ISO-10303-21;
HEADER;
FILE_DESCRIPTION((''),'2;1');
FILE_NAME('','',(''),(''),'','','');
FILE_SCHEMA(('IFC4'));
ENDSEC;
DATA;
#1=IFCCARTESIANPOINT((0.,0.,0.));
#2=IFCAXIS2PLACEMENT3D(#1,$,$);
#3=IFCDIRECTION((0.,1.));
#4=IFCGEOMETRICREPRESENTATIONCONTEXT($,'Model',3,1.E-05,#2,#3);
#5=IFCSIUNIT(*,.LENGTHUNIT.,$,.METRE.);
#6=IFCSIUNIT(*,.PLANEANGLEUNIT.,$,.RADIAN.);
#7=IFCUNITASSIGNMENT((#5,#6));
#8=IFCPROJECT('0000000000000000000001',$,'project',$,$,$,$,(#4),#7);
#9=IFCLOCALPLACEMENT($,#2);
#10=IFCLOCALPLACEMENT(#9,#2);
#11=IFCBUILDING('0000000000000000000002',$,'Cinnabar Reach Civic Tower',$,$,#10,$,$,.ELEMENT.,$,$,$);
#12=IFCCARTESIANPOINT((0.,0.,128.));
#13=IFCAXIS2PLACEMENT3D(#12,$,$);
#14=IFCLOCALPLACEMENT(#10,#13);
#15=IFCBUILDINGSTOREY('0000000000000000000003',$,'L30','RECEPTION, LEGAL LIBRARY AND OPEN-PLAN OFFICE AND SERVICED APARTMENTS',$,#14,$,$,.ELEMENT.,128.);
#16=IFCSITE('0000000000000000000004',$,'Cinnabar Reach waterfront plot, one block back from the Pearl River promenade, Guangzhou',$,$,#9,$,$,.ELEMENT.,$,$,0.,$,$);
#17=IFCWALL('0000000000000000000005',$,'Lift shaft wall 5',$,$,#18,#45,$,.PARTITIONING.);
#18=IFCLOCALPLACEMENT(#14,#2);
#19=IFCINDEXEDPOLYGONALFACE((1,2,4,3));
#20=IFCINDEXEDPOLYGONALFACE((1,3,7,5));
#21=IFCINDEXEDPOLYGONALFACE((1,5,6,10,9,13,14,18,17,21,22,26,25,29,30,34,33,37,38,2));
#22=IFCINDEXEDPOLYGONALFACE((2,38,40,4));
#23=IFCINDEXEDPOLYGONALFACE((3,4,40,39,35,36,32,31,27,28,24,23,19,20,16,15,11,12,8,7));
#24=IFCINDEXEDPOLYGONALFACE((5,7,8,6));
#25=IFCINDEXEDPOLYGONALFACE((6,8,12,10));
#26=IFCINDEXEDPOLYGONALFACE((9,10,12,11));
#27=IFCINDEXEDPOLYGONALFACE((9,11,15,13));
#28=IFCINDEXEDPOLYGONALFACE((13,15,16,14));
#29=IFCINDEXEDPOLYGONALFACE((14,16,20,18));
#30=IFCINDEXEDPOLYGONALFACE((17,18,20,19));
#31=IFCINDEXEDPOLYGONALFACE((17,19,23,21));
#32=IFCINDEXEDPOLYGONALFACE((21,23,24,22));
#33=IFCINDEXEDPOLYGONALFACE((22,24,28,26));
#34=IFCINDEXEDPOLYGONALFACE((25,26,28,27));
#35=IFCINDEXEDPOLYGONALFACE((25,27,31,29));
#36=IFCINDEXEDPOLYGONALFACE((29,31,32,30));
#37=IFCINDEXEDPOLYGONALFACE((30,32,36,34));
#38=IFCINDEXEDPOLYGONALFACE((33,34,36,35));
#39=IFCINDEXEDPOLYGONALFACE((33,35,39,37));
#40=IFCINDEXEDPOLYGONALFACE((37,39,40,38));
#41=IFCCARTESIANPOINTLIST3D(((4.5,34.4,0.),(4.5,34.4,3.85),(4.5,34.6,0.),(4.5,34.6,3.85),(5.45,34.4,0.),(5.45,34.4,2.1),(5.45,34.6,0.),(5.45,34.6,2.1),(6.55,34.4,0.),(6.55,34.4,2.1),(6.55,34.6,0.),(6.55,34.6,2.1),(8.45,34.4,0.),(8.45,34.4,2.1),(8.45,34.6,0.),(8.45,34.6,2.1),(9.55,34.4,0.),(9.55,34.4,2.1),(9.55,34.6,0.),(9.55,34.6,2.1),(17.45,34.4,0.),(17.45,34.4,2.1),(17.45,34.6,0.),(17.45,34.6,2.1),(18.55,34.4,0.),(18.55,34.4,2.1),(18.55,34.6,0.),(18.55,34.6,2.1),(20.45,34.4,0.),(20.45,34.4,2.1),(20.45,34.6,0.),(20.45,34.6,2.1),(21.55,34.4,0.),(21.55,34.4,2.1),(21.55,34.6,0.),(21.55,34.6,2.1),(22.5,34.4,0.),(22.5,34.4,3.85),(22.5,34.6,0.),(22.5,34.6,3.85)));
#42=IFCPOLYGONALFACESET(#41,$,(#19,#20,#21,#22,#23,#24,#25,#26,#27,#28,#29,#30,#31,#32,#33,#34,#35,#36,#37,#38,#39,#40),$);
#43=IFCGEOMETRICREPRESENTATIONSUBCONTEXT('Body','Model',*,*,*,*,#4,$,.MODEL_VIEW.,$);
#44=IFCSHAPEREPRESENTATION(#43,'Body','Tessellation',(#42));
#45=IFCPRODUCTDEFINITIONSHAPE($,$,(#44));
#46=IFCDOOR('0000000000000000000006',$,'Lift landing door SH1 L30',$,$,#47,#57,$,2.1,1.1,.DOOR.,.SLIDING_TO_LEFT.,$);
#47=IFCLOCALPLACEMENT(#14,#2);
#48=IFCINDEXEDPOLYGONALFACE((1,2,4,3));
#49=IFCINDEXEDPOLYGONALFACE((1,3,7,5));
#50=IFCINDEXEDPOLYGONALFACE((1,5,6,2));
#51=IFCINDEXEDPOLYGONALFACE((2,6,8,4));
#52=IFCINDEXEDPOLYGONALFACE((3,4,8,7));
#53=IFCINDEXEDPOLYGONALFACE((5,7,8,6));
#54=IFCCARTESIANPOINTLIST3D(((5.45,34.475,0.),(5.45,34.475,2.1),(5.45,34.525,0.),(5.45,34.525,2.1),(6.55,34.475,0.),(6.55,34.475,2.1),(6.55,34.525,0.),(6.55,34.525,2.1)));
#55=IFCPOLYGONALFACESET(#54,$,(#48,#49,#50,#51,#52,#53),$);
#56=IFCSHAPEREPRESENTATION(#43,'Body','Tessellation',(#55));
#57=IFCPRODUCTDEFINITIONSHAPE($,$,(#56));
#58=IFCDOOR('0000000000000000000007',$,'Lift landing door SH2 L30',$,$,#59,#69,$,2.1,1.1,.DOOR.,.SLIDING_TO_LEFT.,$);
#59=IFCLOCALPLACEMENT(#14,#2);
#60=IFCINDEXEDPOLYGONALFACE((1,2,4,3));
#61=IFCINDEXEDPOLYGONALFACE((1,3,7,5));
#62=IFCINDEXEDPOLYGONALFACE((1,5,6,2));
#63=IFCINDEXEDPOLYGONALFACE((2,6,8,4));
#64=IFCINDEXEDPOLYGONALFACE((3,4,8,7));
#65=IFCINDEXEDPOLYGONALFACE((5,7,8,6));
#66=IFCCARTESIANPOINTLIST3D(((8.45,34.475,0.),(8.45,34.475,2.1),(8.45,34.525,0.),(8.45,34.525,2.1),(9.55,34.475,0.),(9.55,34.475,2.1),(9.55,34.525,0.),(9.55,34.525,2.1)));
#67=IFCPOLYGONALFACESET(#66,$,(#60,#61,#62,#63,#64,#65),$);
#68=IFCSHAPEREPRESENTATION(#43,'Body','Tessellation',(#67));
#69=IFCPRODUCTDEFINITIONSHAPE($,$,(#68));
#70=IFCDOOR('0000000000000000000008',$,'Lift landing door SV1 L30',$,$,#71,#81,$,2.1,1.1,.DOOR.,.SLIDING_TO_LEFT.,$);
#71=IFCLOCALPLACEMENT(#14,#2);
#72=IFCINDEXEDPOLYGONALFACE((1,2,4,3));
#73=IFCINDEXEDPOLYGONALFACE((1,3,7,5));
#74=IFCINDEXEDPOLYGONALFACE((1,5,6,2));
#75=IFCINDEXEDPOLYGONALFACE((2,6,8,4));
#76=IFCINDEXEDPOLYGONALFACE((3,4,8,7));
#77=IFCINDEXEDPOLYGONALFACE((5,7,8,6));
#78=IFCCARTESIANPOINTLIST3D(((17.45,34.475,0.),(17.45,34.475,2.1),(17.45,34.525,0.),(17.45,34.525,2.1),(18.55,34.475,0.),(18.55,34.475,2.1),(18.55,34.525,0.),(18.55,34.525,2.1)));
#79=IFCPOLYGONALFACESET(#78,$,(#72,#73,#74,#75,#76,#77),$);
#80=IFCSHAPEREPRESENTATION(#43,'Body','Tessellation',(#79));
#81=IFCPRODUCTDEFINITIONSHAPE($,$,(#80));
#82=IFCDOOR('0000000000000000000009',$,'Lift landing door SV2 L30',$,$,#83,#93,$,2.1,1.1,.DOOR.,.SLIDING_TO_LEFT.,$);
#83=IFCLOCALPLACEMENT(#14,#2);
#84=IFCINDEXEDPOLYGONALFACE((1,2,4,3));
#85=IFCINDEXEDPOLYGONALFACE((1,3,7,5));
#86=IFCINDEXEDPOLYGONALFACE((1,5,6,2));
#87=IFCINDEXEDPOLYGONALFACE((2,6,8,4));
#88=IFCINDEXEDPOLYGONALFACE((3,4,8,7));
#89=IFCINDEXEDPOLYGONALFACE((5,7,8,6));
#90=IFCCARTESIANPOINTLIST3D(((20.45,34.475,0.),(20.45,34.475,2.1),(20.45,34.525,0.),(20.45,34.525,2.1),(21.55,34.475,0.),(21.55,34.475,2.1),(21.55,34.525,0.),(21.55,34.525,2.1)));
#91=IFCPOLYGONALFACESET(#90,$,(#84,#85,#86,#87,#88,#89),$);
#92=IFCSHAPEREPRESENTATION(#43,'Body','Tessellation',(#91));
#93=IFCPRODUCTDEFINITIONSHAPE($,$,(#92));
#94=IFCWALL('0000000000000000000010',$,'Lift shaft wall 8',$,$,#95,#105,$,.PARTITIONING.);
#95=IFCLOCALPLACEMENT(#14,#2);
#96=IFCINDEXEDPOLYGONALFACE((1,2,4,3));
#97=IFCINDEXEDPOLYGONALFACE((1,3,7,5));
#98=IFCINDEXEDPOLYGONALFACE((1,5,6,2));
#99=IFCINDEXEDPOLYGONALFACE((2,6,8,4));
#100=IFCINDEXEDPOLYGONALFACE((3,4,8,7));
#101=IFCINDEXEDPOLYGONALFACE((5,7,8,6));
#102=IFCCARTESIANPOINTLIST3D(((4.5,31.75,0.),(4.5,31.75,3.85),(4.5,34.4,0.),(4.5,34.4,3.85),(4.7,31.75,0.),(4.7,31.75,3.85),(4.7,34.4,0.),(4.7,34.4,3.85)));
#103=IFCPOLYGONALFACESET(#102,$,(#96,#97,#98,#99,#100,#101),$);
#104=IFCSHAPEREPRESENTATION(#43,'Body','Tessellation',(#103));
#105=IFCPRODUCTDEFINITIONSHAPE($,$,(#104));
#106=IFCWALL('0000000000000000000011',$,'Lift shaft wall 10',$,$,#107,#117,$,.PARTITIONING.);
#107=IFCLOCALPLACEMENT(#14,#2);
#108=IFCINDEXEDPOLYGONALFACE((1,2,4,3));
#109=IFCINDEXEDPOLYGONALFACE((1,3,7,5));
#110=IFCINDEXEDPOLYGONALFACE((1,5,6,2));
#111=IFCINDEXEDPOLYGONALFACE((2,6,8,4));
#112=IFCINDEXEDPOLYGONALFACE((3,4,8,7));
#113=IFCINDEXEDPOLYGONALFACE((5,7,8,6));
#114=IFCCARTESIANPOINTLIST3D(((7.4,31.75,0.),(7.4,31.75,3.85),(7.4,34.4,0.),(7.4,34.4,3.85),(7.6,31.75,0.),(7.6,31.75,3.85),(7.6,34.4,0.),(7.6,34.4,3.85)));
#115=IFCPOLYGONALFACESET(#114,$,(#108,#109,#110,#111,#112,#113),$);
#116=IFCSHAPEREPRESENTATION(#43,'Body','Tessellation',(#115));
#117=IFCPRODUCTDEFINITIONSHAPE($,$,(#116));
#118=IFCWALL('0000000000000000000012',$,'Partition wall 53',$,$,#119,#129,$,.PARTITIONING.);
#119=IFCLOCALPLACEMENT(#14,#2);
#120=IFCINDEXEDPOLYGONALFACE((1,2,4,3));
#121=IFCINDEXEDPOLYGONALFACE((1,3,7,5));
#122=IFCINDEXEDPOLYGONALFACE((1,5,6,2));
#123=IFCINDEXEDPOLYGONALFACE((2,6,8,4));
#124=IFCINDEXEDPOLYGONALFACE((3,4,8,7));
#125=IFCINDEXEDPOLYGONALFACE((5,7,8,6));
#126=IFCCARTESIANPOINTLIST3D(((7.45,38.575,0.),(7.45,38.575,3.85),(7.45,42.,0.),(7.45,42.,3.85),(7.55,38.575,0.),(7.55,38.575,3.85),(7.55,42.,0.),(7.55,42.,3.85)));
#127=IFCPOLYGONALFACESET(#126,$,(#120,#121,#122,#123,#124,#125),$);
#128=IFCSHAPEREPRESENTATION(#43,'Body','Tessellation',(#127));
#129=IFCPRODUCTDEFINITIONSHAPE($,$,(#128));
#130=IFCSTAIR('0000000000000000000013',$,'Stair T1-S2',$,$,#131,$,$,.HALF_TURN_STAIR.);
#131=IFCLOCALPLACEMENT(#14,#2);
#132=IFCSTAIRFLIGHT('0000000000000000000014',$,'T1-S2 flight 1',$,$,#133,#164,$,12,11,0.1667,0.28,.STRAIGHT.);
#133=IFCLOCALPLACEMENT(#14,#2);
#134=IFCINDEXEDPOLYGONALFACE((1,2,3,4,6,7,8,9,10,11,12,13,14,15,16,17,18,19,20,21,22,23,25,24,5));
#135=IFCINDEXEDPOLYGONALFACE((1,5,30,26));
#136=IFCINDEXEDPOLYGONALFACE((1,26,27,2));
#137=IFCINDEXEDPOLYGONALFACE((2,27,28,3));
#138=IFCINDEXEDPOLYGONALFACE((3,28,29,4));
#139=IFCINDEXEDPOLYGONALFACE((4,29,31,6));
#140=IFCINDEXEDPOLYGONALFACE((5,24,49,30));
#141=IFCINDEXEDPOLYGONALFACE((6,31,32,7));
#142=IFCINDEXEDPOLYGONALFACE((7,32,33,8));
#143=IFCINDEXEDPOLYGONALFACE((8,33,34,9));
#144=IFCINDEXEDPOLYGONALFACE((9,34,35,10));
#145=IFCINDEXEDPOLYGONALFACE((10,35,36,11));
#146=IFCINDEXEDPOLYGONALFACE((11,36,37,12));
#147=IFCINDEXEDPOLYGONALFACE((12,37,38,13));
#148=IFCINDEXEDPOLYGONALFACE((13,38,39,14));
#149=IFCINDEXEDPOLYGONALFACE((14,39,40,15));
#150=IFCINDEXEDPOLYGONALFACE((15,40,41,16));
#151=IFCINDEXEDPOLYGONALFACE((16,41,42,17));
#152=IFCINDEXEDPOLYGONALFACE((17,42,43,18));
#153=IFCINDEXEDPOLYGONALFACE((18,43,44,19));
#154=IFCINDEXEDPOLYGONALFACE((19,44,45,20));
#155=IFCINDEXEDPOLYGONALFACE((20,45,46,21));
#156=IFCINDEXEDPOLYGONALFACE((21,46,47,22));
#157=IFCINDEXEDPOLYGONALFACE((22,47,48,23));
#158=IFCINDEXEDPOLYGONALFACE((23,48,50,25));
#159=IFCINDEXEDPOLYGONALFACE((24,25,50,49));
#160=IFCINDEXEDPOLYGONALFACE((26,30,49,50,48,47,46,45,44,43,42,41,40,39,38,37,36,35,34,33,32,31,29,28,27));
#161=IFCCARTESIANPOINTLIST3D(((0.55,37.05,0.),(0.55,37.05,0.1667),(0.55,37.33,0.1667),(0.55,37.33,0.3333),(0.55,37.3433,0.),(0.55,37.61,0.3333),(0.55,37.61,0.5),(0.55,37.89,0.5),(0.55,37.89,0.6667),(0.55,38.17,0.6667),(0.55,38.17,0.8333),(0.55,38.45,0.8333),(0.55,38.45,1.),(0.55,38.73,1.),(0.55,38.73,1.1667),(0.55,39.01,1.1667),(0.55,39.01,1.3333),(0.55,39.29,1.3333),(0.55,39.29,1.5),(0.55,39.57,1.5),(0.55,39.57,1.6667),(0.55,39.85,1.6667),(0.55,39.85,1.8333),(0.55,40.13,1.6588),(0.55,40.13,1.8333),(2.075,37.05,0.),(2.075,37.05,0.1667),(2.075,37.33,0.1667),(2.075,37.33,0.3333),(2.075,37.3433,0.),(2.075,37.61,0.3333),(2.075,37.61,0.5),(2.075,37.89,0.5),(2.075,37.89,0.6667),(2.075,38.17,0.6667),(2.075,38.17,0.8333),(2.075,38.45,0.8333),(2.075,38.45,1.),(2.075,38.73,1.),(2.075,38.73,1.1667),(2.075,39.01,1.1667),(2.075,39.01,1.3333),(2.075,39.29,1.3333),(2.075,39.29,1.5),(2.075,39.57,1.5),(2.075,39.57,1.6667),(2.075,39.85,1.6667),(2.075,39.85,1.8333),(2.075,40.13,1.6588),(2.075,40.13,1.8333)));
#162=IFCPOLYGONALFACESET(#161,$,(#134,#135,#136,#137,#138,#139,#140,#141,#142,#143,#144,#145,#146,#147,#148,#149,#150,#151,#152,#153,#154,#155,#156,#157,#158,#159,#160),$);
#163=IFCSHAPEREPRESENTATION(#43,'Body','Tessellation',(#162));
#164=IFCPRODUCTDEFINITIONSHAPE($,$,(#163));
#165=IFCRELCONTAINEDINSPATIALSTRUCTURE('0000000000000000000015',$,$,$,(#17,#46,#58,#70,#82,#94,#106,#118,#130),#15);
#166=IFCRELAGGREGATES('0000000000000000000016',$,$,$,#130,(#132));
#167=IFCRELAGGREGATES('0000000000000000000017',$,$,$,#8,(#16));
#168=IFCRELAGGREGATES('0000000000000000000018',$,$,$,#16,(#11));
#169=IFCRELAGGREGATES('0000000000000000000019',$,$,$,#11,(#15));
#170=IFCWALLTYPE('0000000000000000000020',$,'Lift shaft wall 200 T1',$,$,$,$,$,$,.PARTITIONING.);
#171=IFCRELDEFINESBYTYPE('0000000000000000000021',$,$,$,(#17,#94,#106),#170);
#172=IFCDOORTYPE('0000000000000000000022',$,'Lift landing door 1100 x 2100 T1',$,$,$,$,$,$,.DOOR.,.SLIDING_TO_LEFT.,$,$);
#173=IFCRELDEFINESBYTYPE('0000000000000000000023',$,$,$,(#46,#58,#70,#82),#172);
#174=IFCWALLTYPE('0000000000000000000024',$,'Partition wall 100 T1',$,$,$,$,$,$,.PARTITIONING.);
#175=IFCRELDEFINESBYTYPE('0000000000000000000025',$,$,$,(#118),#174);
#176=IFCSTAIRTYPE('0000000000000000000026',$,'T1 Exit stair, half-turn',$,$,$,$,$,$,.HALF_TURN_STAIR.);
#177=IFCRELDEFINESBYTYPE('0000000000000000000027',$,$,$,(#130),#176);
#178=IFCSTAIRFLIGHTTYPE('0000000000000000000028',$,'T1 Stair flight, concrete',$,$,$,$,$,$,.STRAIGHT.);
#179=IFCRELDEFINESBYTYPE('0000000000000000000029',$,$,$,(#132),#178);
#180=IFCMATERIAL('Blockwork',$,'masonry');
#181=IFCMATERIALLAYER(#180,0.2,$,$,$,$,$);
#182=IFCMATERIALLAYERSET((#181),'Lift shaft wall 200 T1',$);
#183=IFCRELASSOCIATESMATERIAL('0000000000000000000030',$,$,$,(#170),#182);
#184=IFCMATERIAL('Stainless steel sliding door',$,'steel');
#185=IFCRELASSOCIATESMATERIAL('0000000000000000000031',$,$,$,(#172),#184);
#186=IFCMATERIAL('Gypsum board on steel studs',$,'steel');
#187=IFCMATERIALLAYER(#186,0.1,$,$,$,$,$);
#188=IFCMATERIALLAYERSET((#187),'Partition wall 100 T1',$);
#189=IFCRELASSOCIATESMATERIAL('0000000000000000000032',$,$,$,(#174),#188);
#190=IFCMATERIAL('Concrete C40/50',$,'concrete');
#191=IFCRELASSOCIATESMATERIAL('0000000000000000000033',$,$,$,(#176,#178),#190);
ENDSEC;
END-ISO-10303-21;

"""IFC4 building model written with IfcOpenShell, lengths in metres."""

from ifc_helpers import new_model, si_unit, direction, frame, frame_2d, origin, place, context, subcontext, project, spatial, polyline, rectangle, outline, extrude, material, layer, layer_set, type_object, element, fill, aggregate, save


model = new_model("IFC4")

# Units and contexts
model_context = context("Model", 3, precision=1e-05, world=origin(), true_north=direction((0.0, 1.0)))
body_context = subcontext(model_context, "Body", "Model", "MODEL_VIEW")
ifc_project = project(units=[si_unit("LENGTHUNIT", "METRE"), si_unit("PLANEANGLEUNIT", "RADIAN")], contexts=[model_context])

# Site, building, storey
site_placement = place(None, origin())
site = spatial("IfcSite", under=ifc_project, at=site_placement, Name="Cinnabar Reach waterfront plot, one block back from the Pearl River promenade, Guangzhou", CompositionType="ELEMENT", RefElevation=0.0)
building_placement = place(site_placement, origin())
building = spatial("IfcBuilding", under=site, at=building_placement, Name="Cinnabar Reach Civic Tower", CompositionType="ELEMENT")
storey_placement = place(building_placement, frame((0.0, 0.0, 128.0)))
storey = spatial("IfcBuildingStorey", under=building, at=storey_placement, Name="L30", Description="RECEPTION, LEGAL LIBRARY AND OPEN-PLAN OFFICE AND SERVICED APARTMENTS", CompositionType="ELEMENT", Elevation=128.0)

# Wall, openings, doors
ifc_material_1 = material(Name="Blockwork", Category="masonry")
ifc_layer_1 = layer(ifc_material_1, 0.2)
ifc_layer_set_1 = layer_set([ifc_layer_1], Name="Lift shaft wall 200 T1")
wall_type_1 = type_object("IfcWallType", Name="Lift shaft wall 200 T1", PredefinedType="PARTITIONING", material=ifc_layer_set_1)
wall_1_placement = place(storey_placement, frame((4.5, 34.5, 0.0), z_axis=(0.0, 0.0, 1.0), x_axis=(1.0, 0.0, 0.0)))
wall_1 = element("IfcWall", 1, at=wall_1_placement, inside=storey, type_object=wall_type_1, Name="Lift shaft wall 5", PredefinedType="PARTITIONING", context=body_context, shape_type="SweptSolid", body=[
    extrude(rectangle(XDim=18.0, YDim=0.2, at=frame_2d((9.0, 0.0))), origin(), (0.0, 0.0, 1.0), 3.85),
])
opening_1_placement = place(wall_1_placement, frame((0.95, 0.0, 0.0)))
opening_1 = element("IfcOpeningElement", 2, at=opening_1_placement, cuts=wall_1, PredefinedType="OPENING", context=body_context, shape_type="SweptSolid", body=[
    extrude(rectangle(XDim=1.1, YDim=2.1, at=frame_2d((0.55, 1.05))), frame((0.0, 0.11, 0.0), z_axis=(0.0, -1.0, 0.0), x_axis=(1.0, 0.0, 0.0)), (0.0, 0.0, 1.0), 0.22),
])
opening_2_placement = place(wall_1_placement, frame((3.95, 0.0, 0.0)))
opening_2 = element("IfcOpeningElement", 3, at=opening_2_placement, cuts=wall_1, PredefinedType="OPENING", context=body_context, shape_type="SweptSolid", body=[
    extrude(rectangle(XDim=1.1, YDim=2.1, at=frame_2d((0.55, 1.05))), frame((0.0, 0.11, 0.0), z_axis=(0.0, -1.0, 0.0), x_axis=(1.0, 0.0, 0.0)), (0.0, 0.0, 1.0), 0.22),
])
opening_3_placement = place(wall_1_placement, frame((12.95, 0.0, 0.0)))
opening_3 = element("IfcOpeningElement", 4, at=opening_3_placement, cuts=wall_1, PredefinedType="OPENING", context=body_context, shape_type="SweptSolid", body=[
    extrude(rectangle(XDim=1.1, YDim=2.1, at=frame_2d((0.55, 1.05))), frame((0.0, 0.11, 0.0), z_axis=(0.0, -1.0, 0.0), x_axis=(1.0, 0.0, 0.0)), (0.0, 0.0, 1.0), 0.22),
])
opening_4_placement = place(wall_1_placement, frame((15.95, 0.0, 0.0)))
opening_4 = element("IfcOpeningElement", 5, at=opening_4_placement, cuts=wall_1, PredefinedType="OPENING", context=body_context, shape_type="SweptSolid", body=[
    extrude(rectangle(XDim=1.1, YDim=2.1, at=frame_2d((0.55, 1.05))), frame((0.0, 0.11, 0.0), z_axis=(0.0, -1.0, 0.0), x_axis=(1.0, 0.0, 0.0)), (0.0, 0.0, 1.0), 0.22),
])
ifc_material_2 = material(Name="Stainless steel sliding door", Category="steel")
door_type_1 = type_object("IfcDoorType", Name="Lift landing door 1100 x 2100 T1", OperationType="SLIDING_TO_LEFT", PredefinedType="DOOR", material=ifc_material_2)
door_1_placement = place(opening_1_placement, origin())
door_1 = element("IfcDoor", 6, at=door_1_placement, inside=storey, type_object=door_type_1, Name="Lift landing door SH1 L30", OperationType="SLIDING_TO_LEFT", OverallHeight=2.1, OverallWidth=1.1, PredefinedType="DOOR", context=body_context, shape_type="SweptSolid", body=[
    extrude(rectangle(XDim=1.1, YDim=2.1, at=frame_2d((0.55, 1.05))), frame((0.0, 0.025, 0.0), z_axis=(0.0, -1.0, 0.0), x_axis=(1.0, 0.0, 0.0)), (0.0, 0.0, 1.0), 0.05),
])
fill(opening_1, door_1)
door_2_placement = place(opening_2_placement, origin())
door_2 = element("IfcDoor", 7, at=door_2_placement, inside=storey, type_object=door_type_1, Name="Lift landing door SH2 L30", OperationType="SLIDING_TO_LEFT", OverallHeight=2.1, OverallWidth=1.1, PredefinedType="DOOR", context=body_context, shape_type="SweptSolid", body=[
    extrude(rectangle(XDim=1.1, YDim=2.1, at=frame_2d((0.55, 1.05))), frame((0.0, 0.025, 0.0), z_axis=(0.0, -1.0, 0.0), x_axis=(1.0, 0.0, 0.0)), (0.0, 0.0, 1.0), 0.05),
])
fill(opening_2, door_2)
door_3_placement = place(opening_3_placement, origin())
door_3 = element("IfcDoor", 8, at=door_3_placement, inside=storey, type_object=door_type_1, Name="Lift landing door SV1 L30", OperationType="SLIDING_TO_LEFT", OverallHeight=2.1, OverallWidth=1.1, PredefinedType="DOOR", context=body_context, shape_type="SweptSolid", body=[
    extrude(rectangle(XDim=1.1, YDim=2.1, at=frame_2d((0.55, 1.05))), frame((0.0, 0.025, 0.0), z_axis=(0.0, -1.0, 0.0), x_axis=(1.0, 0.0, 0.0)), (0.0, 0.0, 1.0), 0.05),
])
fill(opening_3, door_3)
door_4_placement = place(opening_4_placement, origin())
door_4 = element("IfcDoor", 9, at=door_4_placement, inside=storey, type_object=door_type_1, Name="Lift landing door SV2 L30", OperationType="SLIDING_TO_LEFT", OverallHeight=2.1, OverallWidth=1.1, PredefinedType="DOOR", context=body_context, shape_type="SweptSolid", body=[
    extrude(rectangle(XDim=1.1, YDim=2.1, at=frame_2d((0.55, 1.05))), frame((0.0, 0.025, 0.0), z_axis=(0.0, -1.0, 0.0), x_axis=(1.0, 0.0, 0.0)), (0.0, 0.0, 1.0), 0.05),
])
fill(opening_4, door_4)

# Walls
for number, where, z_axis, x_axis, name in (
    (10, (4.6, 31.75, 0.0), (0.0, 0.0, 1.0), (0.0, 1.0, 0.0), "Lift shaft wall 8"),
    (11, (7.5, 31.75, 0.0), (0.0, 0.0, 1.0), (0.0, 1.0, 0.0), "Lift shaft wall 10"),
):
    element("IfcWall", number, at=place(storey_placement, frame(where, z_axis=z_axis, x_axis=x_axis)), inside=storey, type_object=wall_type_1, Name=name, PredefinedType="PARTITIONING", context=body_context, shape_type="SweptSolid", body=[
        extrude(rectangle(XDim=2.65, YDim=0.2, at=frame_2d((1.325, 0.0))), origin(), (0.0, 0.0, 1.0), 3.85),
    ])
ifc_material_3 = material(Name="Gypsum board on steel studs", Category="steel")
ifc_layer_2 = layer(ifc_material_3, 0.1)
ifc_layer_set_2 = layer_set([ifc_layer_2], Name="Partition wall 100 T1")
wall_type_2 = type_object("IfcWallType", Name="Partition wall 100 T1", PredefinedType="PARTITIONING", material=ifc_layer_set_2)
wall_2_placement = place(storey_placement, frame((7.5, 38.575, 0.0), z_axis=(0.0, 0.0, 1.0), x_axis=(0.0, 1.0, 0.0)))
element("IfcWall", 12, at=wall_2_placement, inside=storey, type_object=wall_type_2, Name="Partition wall 53", PredefinedType="PARTITIONING", context=body_context, shape_type="SweptSolid", body=[
    extrude(rectangle(XDim=3.425, YDim=0.1, at=frame_2d((1.7125, 0.0))), origin(), (0.0, 0.0, 1.0), 3.85),
])

# Stair, stair flight
ifc_material_4 = material(Name="Concrete C40/50", Category="concrete")
stair_type = type_object("IfcStairType", Name="T1 Exit stair, half-turn", PredefinedType="HALF_TURN_STAIR", material=ifc_material_4)
stair_placement = place(storey_placement, origin())
stair = element("IfcStair", 13, at=stair_placement, inside=storey, type_object=stair_type, Name="Stair T1-S2", PredefinedType="HALF_TURN_STAIR")
stair_flight_type = type_object("IfcStairFlightType", Name="T1 Stair flight, concrete", PredefinedType="STRAIGHT", material=ifc_material_4)
stair_flight_1_placement = place(storey_placement, frame((1.3125, 37.05, 0.0), z_axis=(0.0, 0.0, 1.0), x_axis=(0.0, 1.0, 0.0)))
stair_flight_1 = element("IfcStairFlight", 14, at=stair_flight_1_placement, type_object=stair_flight_type, Name="T1-S2 flight 1", NumberOfRisers=12, NumberOfTreads=11, PredefinedType="STRAIGHT", RiserHeight=0.1667, TreadLength=0.28, context=body_context, shape_type="SweptSolid", body=[
    extrude(outline(polyline([(0.0, 0.0), (0.0, 0.1667), (0.28, 0.1667), (0.28, 0.3333), (0.56, 0.3333), (0.56, 0.5), (0.84, 0.5), (0.84, 0.6667), (1.12, 0.6667), (1.12, 0.8333), (1.4, 0.8333), (1.4, 1.0), (1.68, 1.0), (1.68, 1.1667), (1.96, 1.1667), (1.96, 1.3333), (2.24, 1.3333), (2.24, 1.5), (2.52, 1.5), (2.52, 1.6667), (2.8, 1.6667), (2.8, 1.8333), (3.08, 1.8333), (3.08, 2.0), (3.08, 1.6588), (0.2933, 0.0), (0.0, 0.0)])), frame((0.0, 0.7625, 0.0), z_axis=(0.0, -1.0, 0.0), x_axis=(1.0, 0.0, 0.0)), (0.0, 0.0, 1.0), 1.525),
])
aggregate(stair, [stair_flight_1])

save(model, "model.ifc")
